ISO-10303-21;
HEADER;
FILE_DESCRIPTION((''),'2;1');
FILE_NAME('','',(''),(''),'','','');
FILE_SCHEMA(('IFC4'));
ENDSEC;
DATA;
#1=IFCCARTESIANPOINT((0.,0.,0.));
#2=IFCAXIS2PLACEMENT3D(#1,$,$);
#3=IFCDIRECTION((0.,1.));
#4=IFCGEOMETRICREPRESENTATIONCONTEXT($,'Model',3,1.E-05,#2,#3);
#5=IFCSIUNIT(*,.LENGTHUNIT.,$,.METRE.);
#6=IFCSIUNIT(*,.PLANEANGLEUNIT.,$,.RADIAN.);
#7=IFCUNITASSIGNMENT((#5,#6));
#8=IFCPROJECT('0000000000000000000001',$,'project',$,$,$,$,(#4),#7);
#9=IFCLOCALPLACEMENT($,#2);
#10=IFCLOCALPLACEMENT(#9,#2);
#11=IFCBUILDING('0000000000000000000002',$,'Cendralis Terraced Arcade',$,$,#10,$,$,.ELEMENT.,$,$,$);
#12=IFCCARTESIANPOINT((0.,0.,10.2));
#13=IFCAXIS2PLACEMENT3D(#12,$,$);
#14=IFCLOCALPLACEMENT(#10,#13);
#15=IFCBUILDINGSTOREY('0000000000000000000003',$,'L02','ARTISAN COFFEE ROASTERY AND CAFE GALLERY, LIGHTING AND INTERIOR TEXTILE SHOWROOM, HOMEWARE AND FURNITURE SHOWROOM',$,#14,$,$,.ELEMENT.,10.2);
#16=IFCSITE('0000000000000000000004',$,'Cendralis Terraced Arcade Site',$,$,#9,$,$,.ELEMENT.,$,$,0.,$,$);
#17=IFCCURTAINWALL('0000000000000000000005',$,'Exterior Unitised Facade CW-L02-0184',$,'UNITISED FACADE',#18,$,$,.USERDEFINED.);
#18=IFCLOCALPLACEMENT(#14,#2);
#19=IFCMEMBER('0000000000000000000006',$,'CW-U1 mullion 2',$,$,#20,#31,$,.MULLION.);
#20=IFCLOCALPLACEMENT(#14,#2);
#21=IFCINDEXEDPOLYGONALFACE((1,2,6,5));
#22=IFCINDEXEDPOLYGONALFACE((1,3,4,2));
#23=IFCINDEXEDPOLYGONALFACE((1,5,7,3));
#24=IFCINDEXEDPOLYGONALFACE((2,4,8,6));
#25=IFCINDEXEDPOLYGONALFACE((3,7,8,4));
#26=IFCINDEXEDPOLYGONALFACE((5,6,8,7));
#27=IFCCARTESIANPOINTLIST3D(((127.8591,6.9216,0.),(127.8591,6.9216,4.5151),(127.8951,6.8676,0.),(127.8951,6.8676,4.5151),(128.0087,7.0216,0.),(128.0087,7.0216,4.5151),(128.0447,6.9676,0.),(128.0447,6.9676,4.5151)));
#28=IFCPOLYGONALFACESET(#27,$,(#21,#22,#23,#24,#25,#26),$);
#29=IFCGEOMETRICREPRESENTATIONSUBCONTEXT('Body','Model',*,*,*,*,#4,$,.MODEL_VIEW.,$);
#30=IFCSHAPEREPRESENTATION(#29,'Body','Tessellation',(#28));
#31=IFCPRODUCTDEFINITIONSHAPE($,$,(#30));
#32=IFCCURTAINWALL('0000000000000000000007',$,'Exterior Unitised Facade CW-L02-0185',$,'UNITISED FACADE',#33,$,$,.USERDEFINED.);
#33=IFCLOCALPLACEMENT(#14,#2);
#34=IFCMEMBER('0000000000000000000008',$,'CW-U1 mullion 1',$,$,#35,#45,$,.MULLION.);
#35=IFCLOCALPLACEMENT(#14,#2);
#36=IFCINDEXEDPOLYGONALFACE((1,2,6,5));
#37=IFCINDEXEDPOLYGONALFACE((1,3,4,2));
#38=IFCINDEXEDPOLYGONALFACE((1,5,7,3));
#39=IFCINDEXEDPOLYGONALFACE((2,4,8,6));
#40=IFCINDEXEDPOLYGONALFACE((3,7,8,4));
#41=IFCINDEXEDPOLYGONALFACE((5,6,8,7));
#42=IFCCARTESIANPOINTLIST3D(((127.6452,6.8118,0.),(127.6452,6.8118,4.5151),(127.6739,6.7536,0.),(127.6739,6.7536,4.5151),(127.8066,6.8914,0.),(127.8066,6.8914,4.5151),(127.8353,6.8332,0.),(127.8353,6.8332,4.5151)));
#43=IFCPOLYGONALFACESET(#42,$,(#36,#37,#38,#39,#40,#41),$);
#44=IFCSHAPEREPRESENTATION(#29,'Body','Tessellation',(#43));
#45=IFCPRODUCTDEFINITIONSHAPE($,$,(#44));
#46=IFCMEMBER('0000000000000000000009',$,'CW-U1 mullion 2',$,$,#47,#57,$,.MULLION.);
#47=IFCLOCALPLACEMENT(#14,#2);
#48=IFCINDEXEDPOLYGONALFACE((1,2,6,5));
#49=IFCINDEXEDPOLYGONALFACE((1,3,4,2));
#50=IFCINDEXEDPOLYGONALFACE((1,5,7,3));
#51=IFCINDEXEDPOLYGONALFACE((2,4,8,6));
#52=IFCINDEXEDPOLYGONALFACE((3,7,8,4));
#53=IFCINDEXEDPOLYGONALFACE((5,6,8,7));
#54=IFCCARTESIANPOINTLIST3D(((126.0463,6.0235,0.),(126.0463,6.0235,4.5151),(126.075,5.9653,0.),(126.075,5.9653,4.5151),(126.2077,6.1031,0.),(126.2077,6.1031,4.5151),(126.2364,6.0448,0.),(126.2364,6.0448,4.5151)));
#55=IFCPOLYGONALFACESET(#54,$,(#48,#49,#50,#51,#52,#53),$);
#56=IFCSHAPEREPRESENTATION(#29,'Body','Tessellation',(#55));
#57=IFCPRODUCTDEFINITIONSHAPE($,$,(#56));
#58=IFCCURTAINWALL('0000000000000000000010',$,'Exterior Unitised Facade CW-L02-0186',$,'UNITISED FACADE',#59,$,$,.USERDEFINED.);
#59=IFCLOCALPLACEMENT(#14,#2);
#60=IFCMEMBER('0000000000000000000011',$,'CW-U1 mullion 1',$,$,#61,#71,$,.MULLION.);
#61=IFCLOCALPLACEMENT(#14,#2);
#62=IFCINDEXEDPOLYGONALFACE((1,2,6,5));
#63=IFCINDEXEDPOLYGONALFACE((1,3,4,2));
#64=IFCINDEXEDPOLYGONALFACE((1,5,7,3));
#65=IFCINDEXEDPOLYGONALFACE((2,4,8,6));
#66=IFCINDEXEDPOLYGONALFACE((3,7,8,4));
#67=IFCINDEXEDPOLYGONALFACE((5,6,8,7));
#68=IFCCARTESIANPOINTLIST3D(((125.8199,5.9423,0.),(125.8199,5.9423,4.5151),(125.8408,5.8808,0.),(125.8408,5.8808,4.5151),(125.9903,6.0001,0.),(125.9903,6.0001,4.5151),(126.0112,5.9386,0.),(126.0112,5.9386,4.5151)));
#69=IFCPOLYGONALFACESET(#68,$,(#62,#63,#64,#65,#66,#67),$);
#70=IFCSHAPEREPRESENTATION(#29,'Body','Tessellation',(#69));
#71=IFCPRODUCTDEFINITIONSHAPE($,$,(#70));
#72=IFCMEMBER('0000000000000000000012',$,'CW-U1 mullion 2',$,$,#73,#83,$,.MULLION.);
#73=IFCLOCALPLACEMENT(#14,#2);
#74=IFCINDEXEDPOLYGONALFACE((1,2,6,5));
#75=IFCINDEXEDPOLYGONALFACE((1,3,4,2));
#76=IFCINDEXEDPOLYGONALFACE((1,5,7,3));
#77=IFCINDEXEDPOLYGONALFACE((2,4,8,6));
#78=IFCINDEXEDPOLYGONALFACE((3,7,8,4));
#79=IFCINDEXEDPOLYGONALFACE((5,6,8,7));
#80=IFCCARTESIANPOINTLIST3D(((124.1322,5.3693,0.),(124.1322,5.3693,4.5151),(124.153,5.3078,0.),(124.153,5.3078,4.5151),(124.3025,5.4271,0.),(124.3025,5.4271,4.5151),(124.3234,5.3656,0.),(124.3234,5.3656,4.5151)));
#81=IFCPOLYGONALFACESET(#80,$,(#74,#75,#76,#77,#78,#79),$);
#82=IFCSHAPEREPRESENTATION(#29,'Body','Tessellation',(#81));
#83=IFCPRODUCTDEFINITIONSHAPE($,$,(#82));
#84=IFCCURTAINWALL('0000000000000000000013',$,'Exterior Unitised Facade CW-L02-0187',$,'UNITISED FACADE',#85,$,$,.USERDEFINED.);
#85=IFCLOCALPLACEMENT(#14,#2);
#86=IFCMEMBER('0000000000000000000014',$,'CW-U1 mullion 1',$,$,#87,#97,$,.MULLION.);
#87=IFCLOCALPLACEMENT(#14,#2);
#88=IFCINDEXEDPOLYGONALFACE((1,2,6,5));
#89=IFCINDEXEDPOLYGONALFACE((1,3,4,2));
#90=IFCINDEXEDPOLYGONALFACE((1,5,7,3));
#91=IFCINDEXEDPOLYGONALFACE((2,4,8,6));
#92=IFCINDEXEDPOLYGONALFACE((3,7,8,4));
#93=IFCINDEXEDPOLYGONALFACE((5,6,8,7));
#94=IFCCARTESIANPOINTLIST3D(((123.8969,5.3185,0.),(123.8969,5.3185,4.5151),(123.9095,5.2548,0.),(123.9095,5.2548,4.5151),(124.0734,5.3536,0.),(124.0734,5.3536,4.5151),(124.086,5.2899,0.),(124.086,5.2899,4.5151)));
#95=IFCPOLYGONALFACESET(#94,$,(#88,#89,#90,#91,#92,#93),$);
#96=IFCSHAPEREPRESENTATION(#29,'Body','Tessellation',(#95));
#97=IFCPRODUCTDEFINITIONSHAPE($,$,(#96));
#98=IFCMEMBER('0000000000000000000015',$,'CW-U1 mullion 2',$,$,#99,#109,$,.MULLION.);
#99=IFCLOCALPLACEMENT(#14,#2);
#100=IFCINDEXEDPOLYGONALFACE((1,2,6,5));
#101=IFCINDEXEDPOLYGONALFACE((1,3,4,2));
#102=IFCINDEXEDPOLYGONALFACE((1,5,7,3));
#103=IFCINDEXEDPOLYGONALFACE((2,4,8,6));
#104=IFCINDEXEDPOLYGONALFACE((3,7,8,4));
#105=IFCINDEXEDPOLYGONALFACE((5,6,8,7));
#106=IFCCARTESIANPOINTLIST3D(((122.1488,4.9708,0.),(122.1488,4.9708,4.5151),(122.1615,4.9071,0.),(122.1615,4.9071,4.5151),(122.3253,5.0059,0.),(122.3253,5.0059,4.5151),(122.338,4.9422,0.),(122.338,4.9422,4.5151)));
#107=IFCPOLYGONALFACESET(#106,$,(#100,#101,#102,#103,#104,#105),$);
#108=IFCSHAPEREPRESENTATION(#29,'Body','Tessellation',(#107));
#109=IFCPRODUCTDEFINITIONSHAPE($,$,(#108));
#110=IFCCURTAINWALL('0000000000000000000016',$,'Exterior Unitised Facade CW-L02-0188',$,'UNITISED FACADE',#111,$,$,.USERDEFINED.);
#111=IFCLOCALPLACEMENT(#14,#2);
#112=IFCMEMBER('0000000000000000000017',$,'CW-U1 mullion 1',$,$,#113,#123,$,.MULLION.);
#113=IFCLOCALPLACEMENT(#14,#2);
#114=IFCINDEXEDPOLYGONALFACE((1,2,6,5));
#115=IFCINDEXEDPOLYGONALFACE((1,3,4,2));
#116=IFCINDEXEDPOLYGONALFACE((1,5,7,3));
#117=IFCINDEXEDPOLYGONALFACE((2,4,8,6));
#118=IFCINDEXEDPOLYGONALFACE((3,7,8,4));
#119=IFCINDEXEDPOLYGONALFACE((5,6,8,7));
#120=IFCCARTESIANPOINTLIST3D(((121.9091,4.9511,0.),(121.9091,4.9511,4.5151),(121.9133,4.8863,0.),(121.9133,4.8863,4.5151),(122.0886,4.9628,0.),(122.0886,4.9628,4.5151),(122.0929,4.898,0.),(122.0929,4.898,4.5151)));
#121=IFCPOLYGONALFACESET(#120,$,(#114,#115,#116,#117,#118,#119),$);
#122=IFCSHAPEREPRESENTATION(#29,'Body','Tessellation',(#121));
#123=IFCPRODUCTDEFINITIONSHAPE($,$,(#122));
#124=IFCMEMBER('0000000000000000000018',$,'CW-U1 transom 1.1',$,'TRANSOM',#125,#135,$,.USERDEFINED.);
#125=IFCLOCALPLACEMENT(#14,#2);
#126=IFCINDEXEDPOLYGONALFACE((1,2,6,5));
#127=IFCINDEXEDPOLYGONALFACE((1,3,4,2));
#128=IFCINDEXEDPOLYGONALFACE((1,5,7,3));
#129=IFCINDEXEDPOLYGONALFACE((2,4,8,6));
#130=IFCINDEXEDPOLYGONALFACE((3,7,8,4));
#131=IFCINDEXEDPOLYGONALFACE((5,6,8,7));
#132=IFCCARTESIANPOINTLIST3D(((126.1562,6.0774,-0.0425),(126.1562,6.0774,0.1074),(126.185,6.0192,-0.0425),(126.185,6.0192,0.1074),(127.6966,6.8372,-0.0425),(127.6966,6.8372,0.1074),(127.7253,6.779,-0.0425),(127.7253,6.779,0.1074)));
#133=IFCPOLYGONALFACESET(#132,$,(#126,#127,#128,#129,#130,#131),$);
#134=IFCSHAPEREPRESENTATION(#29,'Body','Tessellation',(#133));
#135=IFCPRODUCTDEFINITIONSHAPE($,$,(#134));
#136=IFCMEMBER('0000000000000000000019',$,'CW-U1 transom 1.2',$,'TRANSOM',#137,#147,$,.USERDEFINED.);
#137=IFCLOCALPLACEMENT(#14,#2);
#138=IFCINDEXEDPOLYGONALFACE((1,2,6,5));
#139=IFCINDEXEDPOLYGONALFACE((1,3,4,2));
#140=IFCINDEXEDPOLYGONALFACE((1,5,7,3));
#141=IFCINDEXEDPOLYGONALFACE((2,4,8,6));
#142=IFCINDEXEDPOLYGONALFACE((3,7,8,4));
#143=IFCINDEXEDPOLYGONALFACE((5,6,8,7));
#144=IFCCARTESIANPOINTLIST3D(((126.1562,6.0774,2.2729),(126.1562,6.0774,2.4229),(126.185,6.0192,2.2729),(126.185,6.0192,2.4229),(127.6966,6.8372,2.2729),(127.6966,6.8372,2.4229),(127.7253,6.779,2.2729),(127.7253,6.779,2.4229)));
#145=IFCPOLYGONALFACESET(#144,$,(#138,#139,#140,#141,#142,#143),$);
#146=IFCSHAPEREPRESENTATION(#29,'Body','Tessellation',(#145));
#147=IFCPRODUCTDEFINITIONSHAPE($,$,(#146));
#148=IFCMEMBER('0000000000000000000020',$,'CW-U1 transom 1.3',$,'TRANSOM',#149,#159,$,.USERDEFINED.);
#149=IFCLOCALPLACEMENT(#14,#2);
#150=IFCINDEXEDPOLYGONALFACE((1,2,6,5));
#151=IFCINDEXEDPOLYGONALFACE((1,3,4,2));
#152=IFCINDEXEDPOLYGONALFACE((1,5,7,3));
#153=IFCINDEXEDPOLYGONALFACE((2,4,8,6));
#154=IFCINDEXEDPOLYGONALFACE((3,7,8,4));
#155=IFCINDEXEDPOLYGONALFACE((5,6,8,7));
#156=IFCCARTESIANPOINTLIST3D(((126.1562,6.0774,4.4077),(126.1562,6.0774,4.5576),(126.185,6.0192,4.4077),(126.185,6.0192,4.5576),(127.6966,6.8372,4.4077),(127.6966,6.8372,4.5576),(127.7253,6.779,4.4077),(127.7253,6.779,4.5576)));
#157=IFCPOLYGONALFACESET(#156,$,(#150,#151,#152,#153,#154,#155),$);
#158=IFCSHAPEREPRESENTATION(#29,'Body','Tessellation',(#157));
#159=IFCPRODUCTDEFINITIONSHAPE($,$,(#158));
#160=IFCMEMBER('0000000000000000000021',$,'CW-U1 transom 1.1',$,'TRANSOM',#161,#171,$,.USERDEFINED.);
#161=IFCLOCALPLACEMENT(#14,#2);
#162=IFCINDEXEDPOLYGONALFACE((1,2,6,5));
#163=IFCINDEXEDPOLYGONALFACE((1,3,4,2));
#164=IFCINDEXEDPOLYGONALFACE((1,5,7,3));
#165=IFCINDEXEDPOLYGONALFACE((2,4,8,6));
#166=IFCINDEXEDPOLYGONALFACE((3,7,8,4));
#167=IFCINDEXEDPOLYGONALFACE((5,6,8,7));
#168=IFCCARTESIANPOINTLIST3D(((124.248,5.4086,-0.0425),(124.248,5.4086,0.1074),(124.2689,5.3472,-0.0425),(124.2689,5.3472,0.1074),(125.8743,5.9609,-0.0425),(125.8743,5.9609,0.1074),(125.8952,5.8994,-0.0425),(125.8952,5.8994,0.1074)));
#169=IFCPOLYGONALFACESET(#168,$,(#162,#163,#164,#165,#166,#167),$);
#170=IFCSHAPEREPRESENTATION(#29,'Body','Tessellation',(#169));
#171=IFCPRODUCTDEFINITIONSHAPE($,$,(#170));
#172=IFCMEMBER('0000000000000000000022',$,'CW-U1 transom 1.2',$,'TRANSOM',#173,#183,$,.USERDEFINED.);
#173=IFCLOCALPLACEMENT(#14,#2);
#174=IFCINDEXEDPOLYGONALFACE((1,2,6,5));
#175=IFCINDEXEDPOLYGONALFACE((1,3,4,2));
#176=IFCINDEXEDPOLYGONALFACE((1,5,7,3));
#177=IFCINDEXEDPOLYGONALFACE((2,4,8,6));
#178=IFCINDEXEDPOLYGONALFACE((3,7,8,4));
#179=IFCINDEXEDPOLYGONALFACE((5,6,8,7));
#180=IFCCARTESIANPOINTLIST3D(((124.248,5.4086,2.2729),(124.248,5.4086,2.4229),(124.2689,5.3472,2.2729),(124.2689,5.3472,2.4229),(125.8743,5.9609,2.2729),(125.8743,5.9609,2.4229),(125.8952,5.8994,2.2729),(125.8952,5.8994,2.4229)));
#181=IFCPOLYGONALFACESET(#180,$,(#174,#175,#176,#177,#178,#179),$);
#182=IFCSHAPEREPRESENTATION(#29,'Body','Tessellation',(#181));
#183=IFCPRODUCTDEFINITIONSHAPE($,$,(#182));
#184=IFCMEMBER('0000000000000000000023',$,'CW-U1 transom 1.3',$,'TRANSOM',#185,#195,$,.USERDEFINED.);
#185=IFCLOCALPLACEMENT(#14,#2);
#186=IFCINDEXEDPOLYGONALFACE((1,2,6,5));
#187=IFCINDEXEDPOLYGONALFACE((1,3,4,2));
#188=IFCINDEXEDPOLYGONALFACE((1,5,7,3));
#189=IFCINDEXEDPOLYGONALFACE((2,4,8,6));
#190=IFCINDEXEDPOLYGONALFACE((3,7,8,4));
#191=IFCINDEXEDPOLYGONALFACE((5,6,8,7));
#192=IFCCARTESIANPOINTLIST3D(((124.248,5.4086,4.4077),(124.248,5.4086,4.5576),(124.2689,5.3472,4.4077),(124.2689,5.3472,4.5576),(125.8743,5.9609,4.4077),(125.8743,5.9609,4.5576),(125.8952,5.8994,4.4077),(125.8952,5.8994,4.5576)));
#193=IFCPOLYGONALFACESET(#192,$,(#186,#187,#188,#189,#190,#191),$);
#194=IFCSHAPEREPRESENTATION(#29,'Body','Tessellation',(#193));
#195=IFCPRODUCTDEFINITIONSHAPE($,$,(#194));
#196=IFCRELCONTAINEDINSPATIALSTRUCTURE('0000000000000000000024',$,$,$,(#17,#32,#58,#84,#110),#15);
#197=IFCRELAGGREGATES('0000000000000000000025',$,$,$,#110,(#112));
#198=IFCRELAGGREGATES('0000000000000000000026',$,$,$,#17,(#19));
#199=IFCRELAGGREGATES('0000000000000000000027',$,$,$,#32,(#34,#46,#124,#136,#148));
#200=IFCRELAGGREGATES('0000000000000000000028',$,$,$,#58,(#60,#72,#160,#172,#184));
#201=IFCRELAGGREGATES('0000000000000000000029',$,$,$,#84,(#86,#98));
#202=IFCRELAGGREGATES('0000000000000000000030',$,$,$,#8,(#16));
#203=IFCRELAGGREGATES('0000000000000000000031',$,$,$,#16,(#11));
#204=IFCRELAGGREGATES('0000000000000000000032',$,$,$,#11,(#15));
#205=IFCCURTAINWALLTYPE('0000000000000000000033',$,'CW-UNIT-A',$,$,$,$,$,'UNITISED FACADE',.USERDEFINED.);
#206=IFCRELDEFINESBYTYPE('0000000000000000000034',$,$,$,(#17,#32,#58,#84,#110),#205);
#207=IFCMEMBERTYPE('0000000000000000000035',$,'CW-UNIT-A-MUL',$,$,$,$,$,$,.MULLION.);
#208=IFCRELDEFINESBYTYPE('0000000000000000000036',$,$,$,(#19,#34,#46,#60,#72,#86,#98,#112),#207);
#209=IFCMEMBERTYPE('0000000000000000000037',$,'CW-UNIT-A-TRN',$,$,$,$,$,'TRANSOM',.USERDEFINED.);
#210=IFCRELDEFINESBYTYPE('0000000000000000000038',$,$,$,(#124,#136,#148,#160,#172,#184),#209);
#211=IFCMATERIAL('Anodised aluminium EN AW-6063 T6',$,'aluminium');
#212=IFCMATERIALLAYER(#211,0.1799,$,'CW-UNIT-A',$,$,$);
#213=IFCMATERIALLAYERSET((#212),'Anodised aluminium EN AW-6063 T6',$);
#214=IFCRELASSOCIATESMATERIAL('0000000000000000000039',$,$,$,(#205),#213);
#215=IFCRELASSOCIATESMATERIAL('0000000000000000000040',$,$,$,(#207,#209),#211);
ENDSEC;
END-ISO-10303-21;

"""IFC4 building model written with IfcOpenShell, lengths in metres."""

from ifc_helpers import new_model, si_unit, direction, frame, origin, origin_2d, place, context, subcontext, project, spatial, rectangle, extrude, material, layer, layer_set, material_profile, profile_set, type_object, element, aggregate, save


model = new_model("IFC4")

# Units and contexts
model_context = context("Model", 3, precision=1e-05, world=origin(), true_north=direction((0.0, 1.0)))
body_context = subcontext(model_context, "Body", "Model", "MODEL_VIEW")
ifc_project = project(units=[si_unit("LENGTHUNIT", "METRE"), si_unit("PLANEANGLEUNIT", "RADIAN")], contexts=[model_context])

# Site, building, storey
site_placement = place(None, origin())
site = spatial("IfcSite", under=ifc_project, at=site_placement, Name="Cendralis Terraced Arcade Site", CompositionType="ELEMENT", RefElevation=0.0)
building_placement = place(site_placement, origin())
building = spatial("IfcBuilding", under=site, at=building_placement, Name="Cendralis Terraced Arcade", CompositionType="ELEMENT")
storey_placement = place(building_placement, frame((0.0, 0.0, 10.2)))
storey = spatial("IfcBuildingStorey", under=building, at=storey_placement, Name="L02", Description="ARTISAN COFFEE ROASTERY AND CAFE GALLERY, LIGHTING AND INTERIOR TEXTILE SHOWROOM, HOMEWARE AND FURNITURE SHOWROOM", CompositionType="ELEMENT", Elevation=10.2)

# Curtain wall, member
ifc_material_1 = material(Name="Anodised aluminium EN AW-6063 T6", Category="aluminium")
ifc_layer_1 = layer(ifc_material_1, 0.1799, Name="CW-UNIT-A")
ifc_layer_set_1 = layer_set([ifc_layer_1], Name="Anodised aluminium EN AW-6063 T6")
curtain_wall_type = type_object("IfcCurtainWallType", Name="CW-UNIT-A", ElementType="UNITISED FACADE", PredefinedType="USERDEFINED", material=ifc_layer_set_1)
curtain_wall_1_placement = place(storey_placement, origin())
curtain_wall_1 = element("IfcCurtainWall", 1, at=curtain_wall_1_placement, inside=storey, type_object=curtain_wall_type, Name="Exterior Unitised Facade CW-L02-0184", ObjectType="UNITISED FACADE", PredefinedType="USERDEFINED")
ifc_material_profile_1 = material_profile(ifc_material_1, rectangle(XDim=0.0649, YDim=0.1799, at=origin_2d()), Name="ALU-MUL-65x180")
ifc_profile_set_1 = profile_set([ifc_material_profile_1], Name="Anodised aluminium EN AW-6063 T6")
member_type_1 = type_object("IfcMemberType", Name="CW-UNIT-A-MUL", PredefinedType="MULLION", material=ifc_profile_set_1)
member_1_placement = place(storey_placement, frame((127.9519, 6.9446, 0.0), z_axis=(0.0, 0.0, 1.0), x_axis=(0.555549, -0.831484, 0.0)))
member_1 = element("IfcMember", 2, at=member_1_placement, type_object=member_type_1, Name="CW-U1 mullion 2", PredefinedType="MULLION", context=body_context, shape_type="SweptSolid", body=[
    extrude(rectangle(XDim=0.0649, YDim=0.1799, at=origin_2d()), origin(), (0.0, 0.0, 1.0), 4.5151),
])

# Curtain walls, members
curtain_wall_2_placement = place(storey_placement, origin())
curtain_wall_2 = element("IfcCurtainWall", 3, at=curtain_wall_2_placement, inside=storey, type_object=curtain_wall_type, Name="Exterior Unitised Facade CW-L02-0185", ObjectType="UNITISED FACADE", PredefinedType="USERDEFINED")
member_2_placement = place(storey_placement, frame((127.7402, 6.8225, 0.0), z_axis=(0.0, 0.0, 1.0), x_axis=(0.44227, -0.896882, 0.0)))
member_2 = element("IfcMember", 4, at=member_2_placement, type_object=member_type_1, Name="CW-U1 mullion 1", PredefinedType="MULLION", context=body_context, shape_type="SweptSolid", body=[
    extrude(rectangle(XDim=0.0649, YDim=0.1799, at=origin_2d()), origin(), (0.0, 0.0, 1.0), 4.5151),
])
member_3_placement = place(storey_placement, frame((126.1414, 6.0342, 0.0), z_axis=(0.0, 0.0, 1.0), x_axis=(0.44227, -0.896882, 0.0)))
member_3 = element("IfcMember", 5, at=member_3_placement, type_object=member_type_1, Name="CW-U1 mullion 2", PredefinedType="MULLION", context=body_context, shape_type="SweptSolid", body=[
    extrude(rectangle(XDim=0.0649, YDim=0.1799, at=origin_2d()), origin(), (0.0, 0.0, 1.0), 4.5151),
])
curtain_wall_3_placement = place(storey_placement, origin())
curtain_wall_3 = element("IfcCurtainWall", 6, at=curtain_wall_3_placement, inside=storey, type_object=curtain_wall_type, Name="Exterior Unitised Facade CW-L02-0186", ObjectType="UNITISED FACADE", PredefinedType="USERDEFINED")
member_4_placement = place(storey_placement, frame((125.9155, 5.9404, 0.0), z_axis=(0.0, 0.0, 1.0), x_axis=(0.3215, -0.94691, 0.0)))
member_4 = element("IfcMember", 7, at=member_4_placement, type_object=member_type_1, Name="CW-U1 mullion 1", PredefinedType="MULLION", context=body_context, shape_type="SweptSolid", body=[
    extrude(rectangle(XDim=0.0649, YDim=0.1799, at=origin_2d()), origin(), (0.0, 0.0, 1.0), 4.5151),
])
member_5_placement = place(storey_placement, frame((124.2278, 5.3674, 0.0), z_axis=(0.0, 0.0, 1.0), x_axis=(0.3215, -0.94691, 0.0)))
member_5 = element("IfcMember", 8, at=member_5_placement, type_object=member_type_1, Name="CW-U1 mullion 2", PredefinedType="MULLION", context=body_context, shape_type="SweptSolid", body=[
    extrude(rectangle(XDim=0.0649, YDim=0.1799, at=origin_2d()), origin(), (0.0, 0.0, 1.0), 4.5151),
])
curtain_wall_4_placement = place(storey_placement, origin())
curtain_wall_4 = element("IfcCurtainWall", 9, at=curtain_wall_4_placement, inside=storey, type_object=curtain_wall_type, Name="Exterior Unitised Facade CW-L02-0187", ObjectType="UNITISED FACADE", PredefinedType="USERDEFINED")
member_6_placement = place(storey_placement, frame((123.9915, 5.3042, 0.0), z_axis=(0.0, 0.0, 1.0), x_axis=(0.195033, -0.980797, 0.0)))
member_6 = element("IfcMember", 10, at=member_6_placement, type_object=member_type_1, Name="CW-U1 mullion 1", PredefinedType="MULLION", context=body_context, shape_type="SweptSolid", body=[
    extrude(rectangle(XDim=0.0649, YDim=0.1799, at=origin_2d()), origin(), (0.0, 0.0, 1.0), 4.5151),
])
member_7_placement = place(storey_placement, frame((122.2434, 4.9565, 0.0), z_axis=(0.0, 0.0, 1.0), x_axis=(0.195033, -0.980797, 0.0)))
member_7 = element("IfcMember", 11, at=member_7_placement, type_object=member_type_1, Name="CW-U1 mullion 2", PredefinedType="MULLION", context=body_context, shape_type="SweptSolid", body=[
    extrude(rectangle(XDim=0.0649, YDim=0.1799, at=origin_2d()), origin(), (0.0, 0.0, 1.0), 4.5151),
])

# Curtain wall, member
curtain_wall_5_placement = place(storey_placement, origin())
curtain_wall_5 = element("IfcCurtainWall", 12, at=curtain_wall_5_placement, inside=storey, type_object=curtain_wall_type, Name="Exterior Unitised Facade CW-L02-0188", ObjectType="UNITISED FACADE", PredefinedType="USERDEFINED")
member_8_placement = place(storey_placement, frame((122.001, 4.9246, 0.0), z_axis=(0.0, 0.0, 1.0), x_axis=(0.065384, -0.99786, 0.0)))
member_8 = element("IfcMember", 13, at=member_8_placement, type_object=member_type_1, Name="CW-U1 mullion 1", PredefinedType="MULLION", context=body_context, shape_type="SweptSolid", body=[
    extrude(rectangle(XDim=0.0649, YDim=0.1799, at=origin_2d()), origin(), (0.0, 0.0, 1.0), 4.5151),
])

# Members
ifc_material_profile_2 = material_profile(ifc_material_1, rectangle(XDim=0.0649, YDim=0.1499, at=origin_2d()), Name="ALU-TRN-65x150")
ifc_profile_set_2 = profile_set([ifc_material_profile_2], Name="Anodised aluminium EN AW-6063 T6")
member_type_2 = type_object("IfcMemberType", Name="CW-UNIT-A-TRN", ElementType="TRANSOM", PredefinedType="USERDEFINED", material=ifc_profile_set_2)
member_9_placement = place(storey_placement, frame((127.7109, 6.8081, 0.0325), z_axis=(-0.896831, -0.442374, 0.0), x_axis=(0.442374, -0.896831, 0.0)))
member_9 = element("IfcMember", 14, at=member_9_placement, type_object=member_type_2, Name="CW-U1 transom 1.1", ObjectType="TRANSOM", PredefinedType="USERDEFINED", context=body_context, shape_type="SweptSolid", body=[
    extrude(rectangle(XDim=0.0649, YDim=0.1499, at=origin_2d()), origin(), (0.0, 0.0, 1.0), 1.7175),
])
member_10_placement = place(storey_placement, frame((127.7109, 6.8081, 2.3479), z_axis=(-0.896831, -0.442374, 0.0), x_axis=(0.442374, -0.896831, 0.0)))
member_10 = element("IfcMember", 15, at=member_10_placement, type_object=member_type_2, Name="CW-U1 transom 1.2", ObjectType="TRANSOM", PredefinedType="USERDEFINED", context=body_context, shape_type="SweptSolid", body=[
    extrude(rectangle(XDim=0.0649, YDim=0.1499, at=origin_2d()), origin(), (0.0, 0.0, 1.0), 1.7175),
])
member_11_placement = place(storey_placement, frame((127.7109, 6.8081, 4.4827), z_axis=(-0.896831, -0.442374, 0.0), x_axis=(0.442374, -0.896831, 0.0)))
member_11 = element("IfcMember", 16, at=member_11_placement, type_object=member_type_2, Name="CW-U1 transom 1.3", ObjectType="TRANSOM", PredefinedType="USERDEFINED", context=body_context, shape_type="SweptSolid", body=[
    extrude(rectangle(XDim=0.0649, YDim=0.1499, at=origin_2d()), origin(), (0.0, 0.0, 1.0), 1.7175),
])
member_12_placement = place(storey_placement, frame((125.8848, 5.9302, 0.0325), z_axis=(-0.946891, -0.321554, 0.0), x_axis=(0.321554, -0.946891, 0.0)))
member_12 = element("IfcMember", 17, at=member_12_placement, type_object=member_type_2, Name="CW-U1 transom 1.1", ObjectType="TRANSOM", PredefinedType="USERDEFINED", context=body_context, shape_type="SweptSolid", body=[
    extrude(rectangle(XDim=0.0649, YDim=0.1499, at=origin_2d()), origin(), (0.0, 0.0, 1.0), 1.7175),
])
member_13_placement = place(storey_placement, frame((125.8848, 5.9302, 2.3479), z_axis=(-0.946891, -0.321554, 0.0), x_axis=(0.321554, -0.946891, 0.0)))
member_13 = element("IfcMember", 18, at=member_13_placement, type_object=member_type_2, Name="CW-U1 transom 1.2", ObjectType="TRANSOM", PredefinedType="USERDEFINED", context=body_context, shape_type="SweptSolid", body=[
    extrude(rectangle(XDim=0.0649, YDim=0.1499, at=origin_2d()), origin(), (0.0, 0.0, 1.0), 1.7175),
])
member_14_placement = place(storey_placement, frame((125.8848, 5.9302, 4.4827), z_axis=(-0.946891, -0.321554, 0.0), x_axis=(0.321554, -0.946891, 0.0)))
member_14 = element("IfcMember", 19, at=member_14_placement, type_object=member_type_2, Name="CW-U1 transom 1.3", ObjectType="TRANSOM", PredefinedType="USERDEFINED", context=body_context, shape_type="SweptSolid", body=[
    extrude(rectangle(XDim=0.0649, YDim=0.1499, at=origin_2d()), origin(), (0.0, 0.0, 1.0), 1.7175),
])
aggregate(curtain_wall_5, [member_8])

aggregate(curtain_wall_1, [member_1])
aggregate(curtain_wall_2, [member_2, member_3, member_9, member_10, member_11])
aggregate(curtain_wall_3, [member_4, member_5, member_12, member_13, member_14])
aggregate(curtain_wall_4, [member_6, member_7])

save(model, "model.ifc")
